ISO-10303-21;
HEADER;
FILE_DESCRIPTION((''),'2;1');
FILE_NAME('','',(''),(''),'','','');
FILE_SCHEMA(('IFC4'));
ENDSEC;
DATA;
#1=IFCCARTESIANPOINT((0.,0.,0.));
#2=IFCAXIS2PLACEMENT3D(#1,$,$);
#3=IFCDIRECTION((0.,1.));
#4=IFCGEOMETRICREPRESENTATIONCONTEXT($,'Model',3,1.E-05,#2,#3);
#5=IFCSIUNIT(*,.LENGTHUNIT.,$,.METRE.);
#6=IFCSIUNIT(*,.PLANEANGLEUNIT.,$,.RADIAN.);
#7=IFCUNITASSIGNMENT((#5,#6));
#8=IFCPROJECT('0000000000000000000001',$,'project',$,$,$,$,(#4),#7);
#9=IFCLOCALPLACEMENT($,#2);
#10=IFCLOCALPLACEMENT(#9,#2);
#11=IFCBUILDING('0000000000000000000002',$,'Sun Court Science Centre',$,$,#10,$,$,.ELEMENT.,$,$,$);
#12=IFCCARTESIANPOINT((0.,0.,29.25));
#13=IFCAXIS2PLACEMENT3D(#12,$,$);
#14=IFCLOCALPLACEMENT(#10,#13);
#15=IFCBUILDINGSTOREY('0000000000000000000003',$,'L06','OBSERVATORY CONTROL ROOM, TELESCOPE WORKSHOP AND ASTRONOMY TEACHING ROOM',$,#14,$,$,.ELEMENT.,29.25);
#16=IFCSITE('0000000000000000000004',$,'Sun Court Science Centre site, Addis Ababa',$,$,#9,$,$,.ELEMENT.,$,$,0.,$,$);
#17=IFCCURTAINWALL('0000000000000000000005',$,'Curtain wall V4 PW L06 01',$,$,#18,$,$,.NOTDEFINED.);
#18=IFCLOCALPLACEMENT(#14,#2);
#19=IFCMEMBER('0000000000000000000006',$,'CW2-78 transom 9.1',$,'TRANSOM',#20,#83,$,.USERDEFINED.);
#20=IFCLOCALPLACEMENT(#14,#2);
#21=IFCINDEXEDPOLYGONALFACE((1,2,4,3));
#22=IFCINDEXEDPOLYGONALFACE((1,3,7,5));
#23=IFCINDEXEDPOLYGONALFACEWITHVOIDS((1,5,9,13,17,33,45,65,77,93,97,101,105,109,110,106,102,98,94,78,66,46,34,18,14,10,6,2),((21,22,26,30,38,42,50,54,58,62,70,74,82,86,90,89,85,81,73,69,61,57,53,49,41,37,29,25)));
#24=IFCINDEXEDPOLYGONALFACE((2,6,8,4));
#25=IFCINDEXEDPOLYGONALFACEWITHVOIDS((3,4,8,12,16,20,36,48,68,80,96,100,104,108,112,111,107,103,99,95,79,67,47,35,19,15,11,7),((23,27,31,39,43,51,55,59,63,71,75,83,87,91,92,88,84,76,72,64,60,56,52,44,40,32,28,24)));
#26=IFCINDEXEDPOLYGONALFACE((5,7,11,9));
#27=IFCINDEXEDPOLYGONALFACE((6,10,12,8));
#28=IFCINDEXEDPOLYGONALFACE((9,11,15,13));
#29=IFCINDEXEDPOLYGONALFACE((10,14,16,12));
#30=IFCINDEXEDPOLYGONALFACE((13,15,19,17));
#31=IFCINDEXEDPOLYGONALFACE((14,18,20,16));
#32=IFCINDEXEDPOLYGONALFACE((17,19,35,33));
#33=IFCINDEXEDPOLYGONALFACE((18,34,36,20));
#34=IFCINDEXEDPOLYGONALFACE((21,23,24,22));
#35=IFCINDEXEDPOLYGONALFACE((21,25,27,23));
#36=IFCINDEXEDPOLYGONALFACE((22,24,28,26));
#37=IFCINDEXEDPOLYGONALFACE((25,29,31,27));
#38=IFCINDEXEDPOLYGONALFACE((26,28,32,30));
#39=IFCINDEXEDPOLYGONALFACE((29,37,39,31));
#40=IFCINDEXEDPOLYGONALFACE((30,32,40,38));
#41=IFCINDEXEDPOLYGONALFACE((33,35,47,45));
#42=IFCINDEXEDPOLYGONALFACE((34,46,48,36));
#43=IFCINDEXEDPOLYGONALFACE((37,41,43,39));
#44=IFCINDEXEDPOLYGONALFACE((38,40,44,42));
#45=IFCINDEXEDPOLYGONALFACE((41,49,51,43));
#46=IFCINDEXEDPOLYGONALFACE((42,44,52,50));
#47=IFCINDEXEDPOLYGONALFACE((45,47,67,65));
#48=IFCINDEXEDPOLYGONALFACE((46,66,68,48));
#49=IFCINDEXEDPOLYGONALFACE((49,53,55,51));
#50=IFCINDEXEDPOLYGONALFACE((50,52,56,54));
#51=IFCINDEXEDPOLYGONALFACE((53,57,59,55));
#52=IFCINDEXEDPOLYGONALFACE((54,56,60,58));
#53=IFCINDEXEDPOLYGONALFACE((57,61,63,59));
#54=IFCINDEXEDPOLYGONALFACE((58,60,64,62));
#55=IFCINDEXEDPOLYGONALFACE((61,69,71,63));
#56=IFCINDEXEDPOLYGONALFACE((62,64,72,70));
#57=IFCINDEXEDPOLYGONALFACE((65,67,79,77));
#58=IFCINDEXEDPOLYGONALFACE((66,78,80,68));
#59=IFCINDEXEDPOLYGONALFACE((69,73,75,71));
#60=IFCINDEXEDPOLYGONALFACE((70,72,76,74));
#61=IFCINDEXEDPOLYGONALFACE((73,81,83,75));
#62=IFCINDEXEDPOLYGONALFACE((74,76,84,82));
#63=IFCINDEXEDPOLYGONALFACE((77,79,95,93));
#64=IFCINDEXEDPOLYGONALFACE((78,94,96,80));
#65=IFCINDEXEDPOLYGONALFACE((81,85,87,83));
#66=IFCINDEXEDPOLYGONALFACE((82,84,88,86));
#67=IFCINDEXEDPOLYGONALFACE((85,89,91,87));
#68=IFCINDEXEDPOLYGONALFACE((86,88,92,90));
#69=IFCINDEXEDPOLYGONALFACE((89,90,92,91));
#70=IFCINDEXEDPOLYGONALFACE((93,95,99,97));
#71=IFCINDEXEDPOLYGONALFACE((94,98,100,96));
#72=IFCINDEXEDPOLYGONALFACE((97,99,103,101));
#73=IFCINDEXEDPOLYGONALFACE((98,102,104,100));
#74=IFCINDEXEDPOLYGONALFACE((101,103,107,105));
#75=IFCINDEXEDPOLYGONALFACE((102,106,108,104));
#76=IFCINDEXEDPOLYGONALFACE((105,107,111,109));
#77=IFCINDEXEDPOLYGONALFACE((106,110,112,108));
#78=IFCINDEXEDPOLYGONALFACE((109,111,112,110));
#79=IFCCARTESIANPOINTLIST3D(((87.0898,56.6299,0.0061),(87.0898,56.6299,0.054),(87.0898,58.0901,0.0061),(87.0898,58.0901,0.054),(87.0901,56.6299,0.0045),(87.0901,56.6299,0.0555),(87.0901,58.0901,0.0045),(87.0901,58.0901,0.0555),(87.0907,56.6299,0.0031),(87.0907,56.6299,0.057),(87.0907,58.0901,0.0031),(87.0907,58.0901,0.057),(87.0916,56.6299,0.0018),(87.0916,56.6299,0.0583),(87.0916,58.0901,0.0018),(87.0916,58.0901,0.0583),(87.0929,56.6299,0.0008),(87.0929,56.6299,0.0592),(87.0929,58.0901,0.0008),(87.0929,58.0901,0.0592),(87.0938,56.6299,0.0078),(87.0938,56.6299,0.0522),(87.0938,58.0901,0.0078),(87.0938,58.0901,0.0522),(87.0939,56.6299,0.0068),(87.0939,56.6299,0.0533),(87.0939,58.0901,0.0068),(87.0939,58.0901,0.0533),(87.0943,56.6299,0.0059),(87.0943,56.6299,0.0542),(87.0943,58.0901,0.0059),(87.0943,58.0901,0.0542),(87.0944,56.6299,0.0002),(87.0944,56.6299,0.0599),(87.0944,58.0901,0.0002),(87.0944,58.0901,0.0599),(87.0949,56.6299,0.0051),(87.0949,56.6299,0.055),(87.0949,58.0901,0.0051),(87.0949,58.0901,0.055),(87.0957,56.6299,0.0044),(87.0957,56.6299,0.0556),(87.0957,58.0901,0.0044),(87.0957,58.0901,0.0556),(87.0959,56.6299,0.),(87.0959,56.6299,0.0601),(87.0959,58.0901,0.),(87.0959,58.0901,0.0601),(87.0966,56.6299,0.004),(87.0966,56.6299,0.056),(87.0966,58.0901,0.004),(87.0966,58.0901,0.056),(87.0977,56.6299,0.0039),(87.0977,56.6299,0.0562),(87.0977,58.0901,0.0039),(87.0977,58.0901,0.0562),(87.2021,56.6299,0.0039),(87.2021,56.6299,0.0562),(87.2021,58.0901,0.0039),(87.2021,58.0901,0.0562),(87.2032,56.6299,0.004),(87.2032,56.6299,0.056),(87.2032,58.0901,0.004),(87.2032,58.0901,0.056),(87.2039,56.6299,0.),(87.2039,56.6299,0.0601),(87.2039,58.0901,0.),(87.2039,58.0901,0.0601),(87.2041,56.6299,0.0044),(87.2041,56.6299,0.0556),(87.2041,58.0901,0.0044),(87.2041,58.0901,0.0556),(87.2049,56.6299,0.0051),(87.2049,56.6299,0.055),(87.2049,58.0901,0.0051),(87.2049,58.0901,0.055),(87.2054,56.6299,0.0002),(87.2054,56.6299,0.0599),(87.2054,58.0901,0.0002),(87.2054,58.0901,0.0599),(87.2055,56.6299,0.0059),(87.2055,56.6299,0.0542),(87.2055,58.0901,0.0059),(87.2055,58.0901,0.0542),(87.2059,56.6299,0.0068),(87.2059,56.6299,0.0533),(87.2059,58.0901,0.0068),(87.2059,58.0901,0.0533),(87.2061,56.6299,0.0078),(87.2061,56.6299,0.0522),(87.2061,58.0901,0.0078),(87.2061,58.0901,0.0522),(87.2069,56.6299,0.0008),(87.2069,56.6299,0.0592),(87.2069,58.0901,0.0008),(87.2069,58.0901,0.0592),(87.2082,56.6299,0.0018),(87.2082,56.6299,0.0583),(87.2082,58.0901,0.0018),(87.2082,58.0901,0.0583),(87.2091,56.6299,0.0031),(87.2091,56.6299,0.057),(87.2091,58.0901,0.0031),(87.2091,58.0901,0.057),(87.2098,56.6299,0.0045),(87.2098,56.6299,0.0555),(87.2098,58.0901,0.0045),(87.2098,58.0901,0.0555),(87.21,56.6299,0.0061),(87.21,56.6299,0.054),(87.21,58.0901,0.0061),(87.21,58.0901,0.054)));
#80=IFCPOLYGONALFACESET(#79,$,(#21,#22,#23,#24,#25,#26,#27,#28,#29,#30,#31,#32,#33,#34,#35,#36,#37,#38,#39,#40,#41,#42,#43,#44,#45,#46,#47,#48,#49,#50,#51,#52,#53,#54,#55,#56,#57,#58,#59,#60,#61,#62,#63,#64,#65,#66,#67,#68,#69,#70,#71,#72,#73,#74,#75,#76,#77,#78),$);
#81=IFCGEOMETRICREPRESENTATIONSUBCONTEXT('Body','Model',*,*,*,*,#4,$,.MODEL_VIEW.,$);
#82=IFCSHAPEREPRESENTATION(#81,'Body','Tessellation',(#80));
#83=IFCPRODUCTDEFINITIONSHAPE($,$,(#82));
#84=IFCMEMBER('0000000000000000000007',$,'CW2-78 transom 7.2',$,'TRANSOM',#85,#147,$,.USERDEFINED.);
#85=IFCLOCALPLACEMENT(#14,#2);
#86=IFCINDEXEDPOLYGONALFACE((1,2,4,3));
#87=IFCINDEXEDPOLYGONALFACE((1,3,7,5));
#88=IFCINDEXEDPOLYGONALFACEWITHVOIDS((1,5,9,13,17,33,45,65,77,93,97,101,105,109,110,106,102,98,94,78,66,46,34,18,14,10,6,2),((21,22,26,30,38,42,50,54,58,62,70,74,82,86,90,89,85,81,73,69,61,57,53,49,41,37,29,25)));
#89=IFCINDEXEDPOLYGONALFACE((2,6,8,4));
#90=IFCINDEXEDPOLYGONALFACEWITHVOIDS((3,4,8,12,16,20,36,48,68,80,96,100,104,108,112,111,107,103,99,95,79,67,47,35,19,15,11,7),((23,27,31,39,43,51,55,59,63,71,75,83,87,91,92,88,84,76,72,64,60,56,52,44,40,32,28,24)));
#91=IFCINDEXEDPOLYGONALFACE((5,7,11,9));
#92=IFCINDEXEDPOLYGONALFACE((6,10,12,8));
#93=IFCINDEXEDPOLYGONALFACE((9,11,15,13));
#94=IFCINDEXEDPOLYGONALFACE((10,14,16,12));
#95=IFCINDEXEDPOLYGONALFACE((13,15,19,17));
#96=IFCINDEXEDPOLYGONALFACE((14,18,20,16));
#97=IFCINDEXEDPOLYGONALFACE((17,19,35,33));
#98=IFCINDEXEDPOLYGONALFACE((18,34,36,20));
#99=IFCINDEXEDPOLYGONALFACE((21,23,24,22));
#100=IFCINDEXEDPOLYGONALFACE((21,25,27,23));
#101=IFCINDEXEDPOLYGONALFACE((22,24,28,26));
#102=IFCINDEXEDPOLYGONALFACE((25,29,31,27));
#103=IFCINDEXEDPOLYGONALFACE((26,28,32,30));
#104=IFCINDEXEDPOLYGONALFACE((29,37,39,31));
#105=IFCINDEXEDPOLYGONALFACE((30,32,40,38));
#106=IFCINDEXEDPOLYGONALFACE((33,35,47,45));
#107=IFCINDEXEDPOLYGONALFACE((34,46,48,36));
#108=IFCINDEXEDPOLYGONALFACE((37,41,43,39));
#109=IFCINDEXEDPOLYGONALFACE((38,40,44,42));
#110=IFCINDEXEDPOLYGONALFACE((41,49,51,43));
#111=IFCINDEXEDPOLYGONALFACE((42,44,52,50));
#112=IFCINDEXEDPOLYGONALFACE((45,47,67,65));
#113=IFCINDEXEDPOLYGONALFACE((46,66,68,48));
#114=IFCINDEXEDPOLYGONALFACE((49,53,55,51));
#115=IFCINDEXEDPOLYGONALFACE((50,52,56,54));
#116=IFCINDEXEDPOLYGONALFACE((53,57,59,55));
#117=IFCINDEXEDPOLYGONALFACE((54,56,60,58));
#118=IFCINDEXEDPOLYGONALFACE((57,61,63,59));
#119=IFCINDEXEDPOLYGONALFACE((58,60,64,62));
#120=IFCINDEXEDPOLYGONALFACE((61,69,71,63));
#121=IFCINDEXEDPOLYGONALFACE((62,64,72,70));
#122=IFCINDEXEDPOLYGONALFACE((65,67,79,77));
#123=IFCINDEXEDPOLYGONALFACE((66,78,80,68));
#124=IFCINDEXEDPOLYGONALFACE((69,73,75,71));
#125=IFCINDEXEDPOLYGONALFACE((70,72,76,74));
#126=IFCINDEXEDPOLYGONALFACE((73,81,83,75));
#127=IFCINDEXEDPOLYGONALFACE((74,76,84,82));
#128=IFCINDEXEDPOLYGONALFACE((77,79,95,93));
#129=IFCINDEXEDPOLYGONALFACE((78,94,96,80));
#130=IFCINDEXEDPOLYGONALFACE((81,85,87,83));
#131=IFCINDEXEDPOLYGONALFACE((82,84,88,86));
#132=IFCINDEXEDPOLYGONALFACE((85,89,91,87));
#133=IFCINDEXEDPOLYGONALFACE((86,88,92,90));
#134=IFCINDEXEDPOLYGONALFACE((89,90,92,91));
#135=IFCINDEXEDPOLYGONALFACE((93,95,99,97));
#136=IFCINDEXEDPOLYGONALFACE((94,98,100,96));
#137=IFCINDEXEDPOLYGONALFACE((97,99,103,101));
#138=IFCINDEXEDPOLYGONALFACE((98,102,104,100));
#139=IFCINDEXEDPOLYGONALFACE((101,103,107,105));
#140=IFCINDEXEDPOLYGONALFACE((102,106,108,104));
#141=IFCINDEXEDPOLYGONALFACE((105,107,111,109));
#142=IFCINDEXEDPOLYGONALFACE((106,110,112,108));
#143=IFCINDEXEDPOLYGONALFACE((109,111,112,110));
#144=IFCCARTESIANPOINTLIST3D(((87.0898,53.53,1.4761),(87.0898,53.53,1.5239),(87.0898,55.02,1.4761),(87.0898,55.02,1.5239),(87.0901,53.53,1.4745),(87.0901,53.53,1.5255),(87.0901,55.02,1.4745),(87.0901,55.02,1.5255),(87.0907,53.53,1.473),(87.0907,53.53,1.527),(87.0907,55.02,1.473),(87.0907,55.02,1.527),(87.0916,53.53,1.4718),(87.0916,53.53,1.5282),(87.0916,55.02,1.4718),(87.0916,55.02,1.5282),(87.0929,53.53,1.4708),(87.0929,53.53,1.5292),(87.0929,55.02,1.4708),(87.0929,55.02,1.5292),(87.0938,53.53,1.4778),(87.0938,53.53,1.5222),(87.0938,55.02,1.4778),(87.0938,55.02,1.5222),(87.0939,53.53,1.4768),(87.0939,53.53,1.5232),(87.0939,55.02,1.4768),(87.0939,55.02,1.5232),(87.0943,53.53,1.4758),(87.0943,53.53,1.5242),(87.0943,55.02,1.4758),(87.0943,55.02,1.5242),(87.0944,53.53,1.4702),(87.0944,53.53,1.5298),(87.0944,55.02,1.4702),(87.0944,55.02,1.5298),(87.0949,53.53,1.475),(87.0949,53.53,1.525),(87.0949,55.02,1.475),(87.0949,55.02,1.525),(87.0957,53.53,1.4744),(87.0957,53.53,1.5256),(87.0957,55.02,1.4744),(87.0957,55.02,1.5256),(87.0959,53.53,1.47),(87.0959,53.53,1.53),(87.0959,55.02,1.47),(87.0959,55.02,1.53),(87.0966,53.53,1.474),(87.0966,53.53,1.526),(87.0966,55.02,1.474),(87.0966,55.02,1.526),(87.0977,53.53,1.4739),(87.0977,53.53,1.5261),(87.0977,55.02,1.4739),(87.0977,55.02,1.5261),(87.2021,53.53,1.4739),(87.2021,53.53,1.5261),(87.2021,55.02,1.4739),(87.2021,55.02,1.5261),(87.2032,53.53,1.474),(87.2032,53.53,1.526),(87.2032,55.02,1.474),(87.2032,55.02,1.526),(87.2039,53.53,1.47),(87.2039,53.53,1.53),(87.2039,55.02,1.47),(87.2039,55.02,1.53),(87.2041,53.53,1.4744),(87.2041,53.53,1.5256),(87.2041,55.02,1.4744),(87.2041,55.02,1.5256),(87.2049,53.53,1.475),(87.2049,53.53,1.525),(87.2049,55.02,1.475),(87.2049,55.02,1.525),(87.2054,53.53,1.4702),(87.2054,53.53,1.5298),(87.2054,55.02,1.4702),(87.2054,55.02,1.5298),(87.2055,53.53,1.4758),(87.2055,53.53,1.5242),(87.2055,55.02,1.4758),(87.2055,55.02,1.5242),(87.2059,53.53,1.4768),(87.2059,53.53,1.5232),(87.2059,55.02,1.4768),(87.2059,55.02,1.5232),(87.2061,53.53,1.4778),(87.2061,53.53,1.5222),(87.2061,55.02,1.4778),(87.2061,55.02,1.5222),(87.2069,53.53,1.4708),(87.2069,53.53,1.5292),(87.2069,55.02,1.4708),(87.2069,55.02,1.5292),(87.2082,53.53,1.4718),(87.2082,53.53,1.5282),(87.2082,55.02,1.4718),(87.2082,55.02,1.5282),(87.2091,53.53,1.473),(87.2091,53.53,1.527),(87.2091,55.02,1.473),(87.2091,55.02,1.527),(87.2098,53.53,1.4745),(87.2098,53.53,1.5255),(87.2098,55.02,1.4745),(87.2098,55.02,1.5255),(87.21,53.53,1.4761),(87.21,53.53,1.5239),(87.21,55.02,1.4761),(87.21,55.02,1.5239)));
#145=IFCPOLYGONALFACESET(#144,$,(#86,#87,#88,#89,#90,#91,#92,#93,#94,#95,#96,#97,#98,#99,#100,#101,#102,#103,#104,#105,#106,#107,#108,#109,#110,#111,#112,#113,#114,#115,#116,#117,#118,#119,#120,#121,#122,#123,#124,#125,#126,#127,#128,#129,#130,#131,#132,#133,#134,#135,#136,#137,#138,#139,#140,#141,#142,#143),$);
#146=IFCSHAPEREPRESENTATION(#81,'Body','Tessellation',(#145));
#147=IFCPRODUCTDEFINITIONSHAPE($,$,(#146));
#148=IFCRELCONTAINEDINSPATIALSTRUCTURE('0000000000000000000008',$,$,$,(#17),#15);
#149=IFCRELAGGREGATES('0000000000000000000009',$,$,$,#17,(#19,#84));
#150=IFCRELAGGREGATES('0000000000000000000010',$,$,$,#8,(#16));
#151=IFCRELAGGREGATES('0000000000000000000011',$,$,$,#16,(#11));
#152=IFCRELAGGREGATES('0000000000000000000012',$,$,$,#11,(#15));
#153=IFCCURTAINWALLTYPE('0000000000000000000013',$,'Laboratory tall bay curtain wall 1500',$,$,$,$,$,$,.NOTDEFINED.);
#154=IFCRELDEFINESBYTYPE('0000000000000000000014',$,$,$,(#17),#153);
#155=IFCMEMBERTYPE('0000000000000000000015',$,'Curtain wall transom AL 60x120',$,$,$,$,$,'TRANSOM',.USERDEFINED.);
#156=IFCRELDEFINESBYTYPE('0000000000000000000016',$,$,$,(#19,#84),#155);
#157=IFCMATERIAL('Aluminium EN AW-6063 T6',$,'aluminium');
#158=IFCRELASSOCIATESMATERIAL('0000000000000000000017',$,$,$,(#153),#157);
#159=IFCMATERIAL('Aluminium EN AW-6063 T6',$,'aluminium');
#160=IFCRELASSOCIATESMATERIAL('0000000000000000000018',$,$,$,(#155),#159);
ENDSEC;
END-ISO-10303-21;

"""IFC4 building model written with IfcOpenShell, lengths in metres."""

from ifc_helpers import new_model, si_unit, direction, frame, origin, origin_2d, place, context, subcontext, project, spatial, hollow_rectangle, extrude, material, material_profile, profile_set, type_object, element, aggregate, save


model = new_model("IFC4")

# Units and contexts
model_context = context("Model", 3, precision=1e-05, world=origin(), true_north=direction((0.0, 1.0)))
body_context = subcontext(model_context, "Body", "Model", "MODEL_VIEW")
ifc_project = project(units=[si_unit("LENGTHUNIT", "METRE"), si_unit("PLANEANGLEUNIT", "RADIAN")], contexts=[model_context])

# Site, building, storey
site_placement = place(None, origin())
site = spatial("IfcSite", under=ifc_project, at=site_placement, Name="Sun Court Science Centre site, Addis Ababa", CompositionType="ELEMENT", RefElevation=0.0)
building_placement = place(site_placement, origin())
building = spatial("IfcBuilding", under=site, at=building_placement, Name="Sun Court Science Centre", CompositionType="ELEMENT")
storey_placement = place(building_placement, frame((0.0, 0.0, 29.25)))
storey = spatial("IfcBuildingStorey", under=building, at=storey_placement, Name="L06", Description="OBSERVATORY CONTROL ROOM, TELESCOPE WORKSHOP AND ASTRONOMY TEACHING ROOM", CompositionType="ELEMENT", Elevation=29.25)

# Curtain wall, members
ifc_material_1 = material(Name="Aluminium EN AW-6063 T6", Category="aluminium")
curtain_wall_type = type_object("IfcCurtainWallType", Name="Laboratory tall bay curtain wall 1500", PredefinedType="NOTDEFINED", material=ifc_material_1)
curtain_wall_placement = place(storey_placement, origin())
curtain_wall = element("IfcCurtainWall", 1, at=curtain_wall_placement, inside=storey, type_object=curtain_wall_type, Name="Curtain wall V4 PW L06 01", PredefinedType="NOTDEFINED")
ifc_material_2 = material(Name="Aluminium EN AW-6063 T6", Category="aluminium")
ifc_material_profile_1 = material_profile(ifc_material_2, hollow_rectangle(XDim=0.0601, YDim=0.1201, WallThickness=0.0039, InnerFilletRadius=0.0039, OuterFilletRadius=0.0061, at=origin_2d()), Name="AL 60x120x4")
ifc_profile_set_1 = profile_set([ifc_material_profile_1], Name="Aluminium EN AW-6063 T6")
member_type_1 = type_object("IfcMemberType", Name="Curtain wall transom AL 60x120", ElementType="TRANSOM", PredefinedType="USERDEFINED", material=ifc_profile_set_1)
member_1_placement = place(storey_placement, frame((87.1499, 56.6299, 0.03), z_axis=(0.0, 1.0, 0.0), x_axis=(0.0, 0.0, 1.0)))
member_1 = element("IfcMember", 2, at=member_1_placement, type_object=member_type_1, Name="CW2-78 transom 9.1", ObjectType="TRANSOM", PredefinedType="USERDEFINED", context=body_context, shape_type="SweptSolid", body=[
    extrude(hollow_rectangle(XDim=0.0601, YDim=0.1201, WallThickness=0.0039, InnerFilletRadius=0.0039, OuterFilletRadius=0.0061, at=origin_2d()), origin(), (0.0, 0.0, 1.0), 1.4602),
])
member_2_placement = place(storey_placement, frame((87.1499, 53.53, 1.5), z_axis=(0.0, 1.0, 0.0), x_axis=(0.0, 0.0, 1.0)))
member_2 = element("IfcMember", 3, at=member_2_placement, type_object=member_type_1, Name="CW2-78 transom 7.2", ObjectType="TRANSOM", PredefinedType="USERDEFINED", context=body_context, shape_type="SweptSolid", body=[
    extrude(hollow_rectangle(XDim=0.0601, YDim=0.1201, WallThickness=0.0039, InnerFilletRadius=0.0039, OuterFilletRadius=0.0061, at=origin_2d()), origin(), (0.0, 0.0, 1.0), 1.49),
])

aggregate(curtain_wall, [member_1, member_2])

save(model, "model.ifc")
